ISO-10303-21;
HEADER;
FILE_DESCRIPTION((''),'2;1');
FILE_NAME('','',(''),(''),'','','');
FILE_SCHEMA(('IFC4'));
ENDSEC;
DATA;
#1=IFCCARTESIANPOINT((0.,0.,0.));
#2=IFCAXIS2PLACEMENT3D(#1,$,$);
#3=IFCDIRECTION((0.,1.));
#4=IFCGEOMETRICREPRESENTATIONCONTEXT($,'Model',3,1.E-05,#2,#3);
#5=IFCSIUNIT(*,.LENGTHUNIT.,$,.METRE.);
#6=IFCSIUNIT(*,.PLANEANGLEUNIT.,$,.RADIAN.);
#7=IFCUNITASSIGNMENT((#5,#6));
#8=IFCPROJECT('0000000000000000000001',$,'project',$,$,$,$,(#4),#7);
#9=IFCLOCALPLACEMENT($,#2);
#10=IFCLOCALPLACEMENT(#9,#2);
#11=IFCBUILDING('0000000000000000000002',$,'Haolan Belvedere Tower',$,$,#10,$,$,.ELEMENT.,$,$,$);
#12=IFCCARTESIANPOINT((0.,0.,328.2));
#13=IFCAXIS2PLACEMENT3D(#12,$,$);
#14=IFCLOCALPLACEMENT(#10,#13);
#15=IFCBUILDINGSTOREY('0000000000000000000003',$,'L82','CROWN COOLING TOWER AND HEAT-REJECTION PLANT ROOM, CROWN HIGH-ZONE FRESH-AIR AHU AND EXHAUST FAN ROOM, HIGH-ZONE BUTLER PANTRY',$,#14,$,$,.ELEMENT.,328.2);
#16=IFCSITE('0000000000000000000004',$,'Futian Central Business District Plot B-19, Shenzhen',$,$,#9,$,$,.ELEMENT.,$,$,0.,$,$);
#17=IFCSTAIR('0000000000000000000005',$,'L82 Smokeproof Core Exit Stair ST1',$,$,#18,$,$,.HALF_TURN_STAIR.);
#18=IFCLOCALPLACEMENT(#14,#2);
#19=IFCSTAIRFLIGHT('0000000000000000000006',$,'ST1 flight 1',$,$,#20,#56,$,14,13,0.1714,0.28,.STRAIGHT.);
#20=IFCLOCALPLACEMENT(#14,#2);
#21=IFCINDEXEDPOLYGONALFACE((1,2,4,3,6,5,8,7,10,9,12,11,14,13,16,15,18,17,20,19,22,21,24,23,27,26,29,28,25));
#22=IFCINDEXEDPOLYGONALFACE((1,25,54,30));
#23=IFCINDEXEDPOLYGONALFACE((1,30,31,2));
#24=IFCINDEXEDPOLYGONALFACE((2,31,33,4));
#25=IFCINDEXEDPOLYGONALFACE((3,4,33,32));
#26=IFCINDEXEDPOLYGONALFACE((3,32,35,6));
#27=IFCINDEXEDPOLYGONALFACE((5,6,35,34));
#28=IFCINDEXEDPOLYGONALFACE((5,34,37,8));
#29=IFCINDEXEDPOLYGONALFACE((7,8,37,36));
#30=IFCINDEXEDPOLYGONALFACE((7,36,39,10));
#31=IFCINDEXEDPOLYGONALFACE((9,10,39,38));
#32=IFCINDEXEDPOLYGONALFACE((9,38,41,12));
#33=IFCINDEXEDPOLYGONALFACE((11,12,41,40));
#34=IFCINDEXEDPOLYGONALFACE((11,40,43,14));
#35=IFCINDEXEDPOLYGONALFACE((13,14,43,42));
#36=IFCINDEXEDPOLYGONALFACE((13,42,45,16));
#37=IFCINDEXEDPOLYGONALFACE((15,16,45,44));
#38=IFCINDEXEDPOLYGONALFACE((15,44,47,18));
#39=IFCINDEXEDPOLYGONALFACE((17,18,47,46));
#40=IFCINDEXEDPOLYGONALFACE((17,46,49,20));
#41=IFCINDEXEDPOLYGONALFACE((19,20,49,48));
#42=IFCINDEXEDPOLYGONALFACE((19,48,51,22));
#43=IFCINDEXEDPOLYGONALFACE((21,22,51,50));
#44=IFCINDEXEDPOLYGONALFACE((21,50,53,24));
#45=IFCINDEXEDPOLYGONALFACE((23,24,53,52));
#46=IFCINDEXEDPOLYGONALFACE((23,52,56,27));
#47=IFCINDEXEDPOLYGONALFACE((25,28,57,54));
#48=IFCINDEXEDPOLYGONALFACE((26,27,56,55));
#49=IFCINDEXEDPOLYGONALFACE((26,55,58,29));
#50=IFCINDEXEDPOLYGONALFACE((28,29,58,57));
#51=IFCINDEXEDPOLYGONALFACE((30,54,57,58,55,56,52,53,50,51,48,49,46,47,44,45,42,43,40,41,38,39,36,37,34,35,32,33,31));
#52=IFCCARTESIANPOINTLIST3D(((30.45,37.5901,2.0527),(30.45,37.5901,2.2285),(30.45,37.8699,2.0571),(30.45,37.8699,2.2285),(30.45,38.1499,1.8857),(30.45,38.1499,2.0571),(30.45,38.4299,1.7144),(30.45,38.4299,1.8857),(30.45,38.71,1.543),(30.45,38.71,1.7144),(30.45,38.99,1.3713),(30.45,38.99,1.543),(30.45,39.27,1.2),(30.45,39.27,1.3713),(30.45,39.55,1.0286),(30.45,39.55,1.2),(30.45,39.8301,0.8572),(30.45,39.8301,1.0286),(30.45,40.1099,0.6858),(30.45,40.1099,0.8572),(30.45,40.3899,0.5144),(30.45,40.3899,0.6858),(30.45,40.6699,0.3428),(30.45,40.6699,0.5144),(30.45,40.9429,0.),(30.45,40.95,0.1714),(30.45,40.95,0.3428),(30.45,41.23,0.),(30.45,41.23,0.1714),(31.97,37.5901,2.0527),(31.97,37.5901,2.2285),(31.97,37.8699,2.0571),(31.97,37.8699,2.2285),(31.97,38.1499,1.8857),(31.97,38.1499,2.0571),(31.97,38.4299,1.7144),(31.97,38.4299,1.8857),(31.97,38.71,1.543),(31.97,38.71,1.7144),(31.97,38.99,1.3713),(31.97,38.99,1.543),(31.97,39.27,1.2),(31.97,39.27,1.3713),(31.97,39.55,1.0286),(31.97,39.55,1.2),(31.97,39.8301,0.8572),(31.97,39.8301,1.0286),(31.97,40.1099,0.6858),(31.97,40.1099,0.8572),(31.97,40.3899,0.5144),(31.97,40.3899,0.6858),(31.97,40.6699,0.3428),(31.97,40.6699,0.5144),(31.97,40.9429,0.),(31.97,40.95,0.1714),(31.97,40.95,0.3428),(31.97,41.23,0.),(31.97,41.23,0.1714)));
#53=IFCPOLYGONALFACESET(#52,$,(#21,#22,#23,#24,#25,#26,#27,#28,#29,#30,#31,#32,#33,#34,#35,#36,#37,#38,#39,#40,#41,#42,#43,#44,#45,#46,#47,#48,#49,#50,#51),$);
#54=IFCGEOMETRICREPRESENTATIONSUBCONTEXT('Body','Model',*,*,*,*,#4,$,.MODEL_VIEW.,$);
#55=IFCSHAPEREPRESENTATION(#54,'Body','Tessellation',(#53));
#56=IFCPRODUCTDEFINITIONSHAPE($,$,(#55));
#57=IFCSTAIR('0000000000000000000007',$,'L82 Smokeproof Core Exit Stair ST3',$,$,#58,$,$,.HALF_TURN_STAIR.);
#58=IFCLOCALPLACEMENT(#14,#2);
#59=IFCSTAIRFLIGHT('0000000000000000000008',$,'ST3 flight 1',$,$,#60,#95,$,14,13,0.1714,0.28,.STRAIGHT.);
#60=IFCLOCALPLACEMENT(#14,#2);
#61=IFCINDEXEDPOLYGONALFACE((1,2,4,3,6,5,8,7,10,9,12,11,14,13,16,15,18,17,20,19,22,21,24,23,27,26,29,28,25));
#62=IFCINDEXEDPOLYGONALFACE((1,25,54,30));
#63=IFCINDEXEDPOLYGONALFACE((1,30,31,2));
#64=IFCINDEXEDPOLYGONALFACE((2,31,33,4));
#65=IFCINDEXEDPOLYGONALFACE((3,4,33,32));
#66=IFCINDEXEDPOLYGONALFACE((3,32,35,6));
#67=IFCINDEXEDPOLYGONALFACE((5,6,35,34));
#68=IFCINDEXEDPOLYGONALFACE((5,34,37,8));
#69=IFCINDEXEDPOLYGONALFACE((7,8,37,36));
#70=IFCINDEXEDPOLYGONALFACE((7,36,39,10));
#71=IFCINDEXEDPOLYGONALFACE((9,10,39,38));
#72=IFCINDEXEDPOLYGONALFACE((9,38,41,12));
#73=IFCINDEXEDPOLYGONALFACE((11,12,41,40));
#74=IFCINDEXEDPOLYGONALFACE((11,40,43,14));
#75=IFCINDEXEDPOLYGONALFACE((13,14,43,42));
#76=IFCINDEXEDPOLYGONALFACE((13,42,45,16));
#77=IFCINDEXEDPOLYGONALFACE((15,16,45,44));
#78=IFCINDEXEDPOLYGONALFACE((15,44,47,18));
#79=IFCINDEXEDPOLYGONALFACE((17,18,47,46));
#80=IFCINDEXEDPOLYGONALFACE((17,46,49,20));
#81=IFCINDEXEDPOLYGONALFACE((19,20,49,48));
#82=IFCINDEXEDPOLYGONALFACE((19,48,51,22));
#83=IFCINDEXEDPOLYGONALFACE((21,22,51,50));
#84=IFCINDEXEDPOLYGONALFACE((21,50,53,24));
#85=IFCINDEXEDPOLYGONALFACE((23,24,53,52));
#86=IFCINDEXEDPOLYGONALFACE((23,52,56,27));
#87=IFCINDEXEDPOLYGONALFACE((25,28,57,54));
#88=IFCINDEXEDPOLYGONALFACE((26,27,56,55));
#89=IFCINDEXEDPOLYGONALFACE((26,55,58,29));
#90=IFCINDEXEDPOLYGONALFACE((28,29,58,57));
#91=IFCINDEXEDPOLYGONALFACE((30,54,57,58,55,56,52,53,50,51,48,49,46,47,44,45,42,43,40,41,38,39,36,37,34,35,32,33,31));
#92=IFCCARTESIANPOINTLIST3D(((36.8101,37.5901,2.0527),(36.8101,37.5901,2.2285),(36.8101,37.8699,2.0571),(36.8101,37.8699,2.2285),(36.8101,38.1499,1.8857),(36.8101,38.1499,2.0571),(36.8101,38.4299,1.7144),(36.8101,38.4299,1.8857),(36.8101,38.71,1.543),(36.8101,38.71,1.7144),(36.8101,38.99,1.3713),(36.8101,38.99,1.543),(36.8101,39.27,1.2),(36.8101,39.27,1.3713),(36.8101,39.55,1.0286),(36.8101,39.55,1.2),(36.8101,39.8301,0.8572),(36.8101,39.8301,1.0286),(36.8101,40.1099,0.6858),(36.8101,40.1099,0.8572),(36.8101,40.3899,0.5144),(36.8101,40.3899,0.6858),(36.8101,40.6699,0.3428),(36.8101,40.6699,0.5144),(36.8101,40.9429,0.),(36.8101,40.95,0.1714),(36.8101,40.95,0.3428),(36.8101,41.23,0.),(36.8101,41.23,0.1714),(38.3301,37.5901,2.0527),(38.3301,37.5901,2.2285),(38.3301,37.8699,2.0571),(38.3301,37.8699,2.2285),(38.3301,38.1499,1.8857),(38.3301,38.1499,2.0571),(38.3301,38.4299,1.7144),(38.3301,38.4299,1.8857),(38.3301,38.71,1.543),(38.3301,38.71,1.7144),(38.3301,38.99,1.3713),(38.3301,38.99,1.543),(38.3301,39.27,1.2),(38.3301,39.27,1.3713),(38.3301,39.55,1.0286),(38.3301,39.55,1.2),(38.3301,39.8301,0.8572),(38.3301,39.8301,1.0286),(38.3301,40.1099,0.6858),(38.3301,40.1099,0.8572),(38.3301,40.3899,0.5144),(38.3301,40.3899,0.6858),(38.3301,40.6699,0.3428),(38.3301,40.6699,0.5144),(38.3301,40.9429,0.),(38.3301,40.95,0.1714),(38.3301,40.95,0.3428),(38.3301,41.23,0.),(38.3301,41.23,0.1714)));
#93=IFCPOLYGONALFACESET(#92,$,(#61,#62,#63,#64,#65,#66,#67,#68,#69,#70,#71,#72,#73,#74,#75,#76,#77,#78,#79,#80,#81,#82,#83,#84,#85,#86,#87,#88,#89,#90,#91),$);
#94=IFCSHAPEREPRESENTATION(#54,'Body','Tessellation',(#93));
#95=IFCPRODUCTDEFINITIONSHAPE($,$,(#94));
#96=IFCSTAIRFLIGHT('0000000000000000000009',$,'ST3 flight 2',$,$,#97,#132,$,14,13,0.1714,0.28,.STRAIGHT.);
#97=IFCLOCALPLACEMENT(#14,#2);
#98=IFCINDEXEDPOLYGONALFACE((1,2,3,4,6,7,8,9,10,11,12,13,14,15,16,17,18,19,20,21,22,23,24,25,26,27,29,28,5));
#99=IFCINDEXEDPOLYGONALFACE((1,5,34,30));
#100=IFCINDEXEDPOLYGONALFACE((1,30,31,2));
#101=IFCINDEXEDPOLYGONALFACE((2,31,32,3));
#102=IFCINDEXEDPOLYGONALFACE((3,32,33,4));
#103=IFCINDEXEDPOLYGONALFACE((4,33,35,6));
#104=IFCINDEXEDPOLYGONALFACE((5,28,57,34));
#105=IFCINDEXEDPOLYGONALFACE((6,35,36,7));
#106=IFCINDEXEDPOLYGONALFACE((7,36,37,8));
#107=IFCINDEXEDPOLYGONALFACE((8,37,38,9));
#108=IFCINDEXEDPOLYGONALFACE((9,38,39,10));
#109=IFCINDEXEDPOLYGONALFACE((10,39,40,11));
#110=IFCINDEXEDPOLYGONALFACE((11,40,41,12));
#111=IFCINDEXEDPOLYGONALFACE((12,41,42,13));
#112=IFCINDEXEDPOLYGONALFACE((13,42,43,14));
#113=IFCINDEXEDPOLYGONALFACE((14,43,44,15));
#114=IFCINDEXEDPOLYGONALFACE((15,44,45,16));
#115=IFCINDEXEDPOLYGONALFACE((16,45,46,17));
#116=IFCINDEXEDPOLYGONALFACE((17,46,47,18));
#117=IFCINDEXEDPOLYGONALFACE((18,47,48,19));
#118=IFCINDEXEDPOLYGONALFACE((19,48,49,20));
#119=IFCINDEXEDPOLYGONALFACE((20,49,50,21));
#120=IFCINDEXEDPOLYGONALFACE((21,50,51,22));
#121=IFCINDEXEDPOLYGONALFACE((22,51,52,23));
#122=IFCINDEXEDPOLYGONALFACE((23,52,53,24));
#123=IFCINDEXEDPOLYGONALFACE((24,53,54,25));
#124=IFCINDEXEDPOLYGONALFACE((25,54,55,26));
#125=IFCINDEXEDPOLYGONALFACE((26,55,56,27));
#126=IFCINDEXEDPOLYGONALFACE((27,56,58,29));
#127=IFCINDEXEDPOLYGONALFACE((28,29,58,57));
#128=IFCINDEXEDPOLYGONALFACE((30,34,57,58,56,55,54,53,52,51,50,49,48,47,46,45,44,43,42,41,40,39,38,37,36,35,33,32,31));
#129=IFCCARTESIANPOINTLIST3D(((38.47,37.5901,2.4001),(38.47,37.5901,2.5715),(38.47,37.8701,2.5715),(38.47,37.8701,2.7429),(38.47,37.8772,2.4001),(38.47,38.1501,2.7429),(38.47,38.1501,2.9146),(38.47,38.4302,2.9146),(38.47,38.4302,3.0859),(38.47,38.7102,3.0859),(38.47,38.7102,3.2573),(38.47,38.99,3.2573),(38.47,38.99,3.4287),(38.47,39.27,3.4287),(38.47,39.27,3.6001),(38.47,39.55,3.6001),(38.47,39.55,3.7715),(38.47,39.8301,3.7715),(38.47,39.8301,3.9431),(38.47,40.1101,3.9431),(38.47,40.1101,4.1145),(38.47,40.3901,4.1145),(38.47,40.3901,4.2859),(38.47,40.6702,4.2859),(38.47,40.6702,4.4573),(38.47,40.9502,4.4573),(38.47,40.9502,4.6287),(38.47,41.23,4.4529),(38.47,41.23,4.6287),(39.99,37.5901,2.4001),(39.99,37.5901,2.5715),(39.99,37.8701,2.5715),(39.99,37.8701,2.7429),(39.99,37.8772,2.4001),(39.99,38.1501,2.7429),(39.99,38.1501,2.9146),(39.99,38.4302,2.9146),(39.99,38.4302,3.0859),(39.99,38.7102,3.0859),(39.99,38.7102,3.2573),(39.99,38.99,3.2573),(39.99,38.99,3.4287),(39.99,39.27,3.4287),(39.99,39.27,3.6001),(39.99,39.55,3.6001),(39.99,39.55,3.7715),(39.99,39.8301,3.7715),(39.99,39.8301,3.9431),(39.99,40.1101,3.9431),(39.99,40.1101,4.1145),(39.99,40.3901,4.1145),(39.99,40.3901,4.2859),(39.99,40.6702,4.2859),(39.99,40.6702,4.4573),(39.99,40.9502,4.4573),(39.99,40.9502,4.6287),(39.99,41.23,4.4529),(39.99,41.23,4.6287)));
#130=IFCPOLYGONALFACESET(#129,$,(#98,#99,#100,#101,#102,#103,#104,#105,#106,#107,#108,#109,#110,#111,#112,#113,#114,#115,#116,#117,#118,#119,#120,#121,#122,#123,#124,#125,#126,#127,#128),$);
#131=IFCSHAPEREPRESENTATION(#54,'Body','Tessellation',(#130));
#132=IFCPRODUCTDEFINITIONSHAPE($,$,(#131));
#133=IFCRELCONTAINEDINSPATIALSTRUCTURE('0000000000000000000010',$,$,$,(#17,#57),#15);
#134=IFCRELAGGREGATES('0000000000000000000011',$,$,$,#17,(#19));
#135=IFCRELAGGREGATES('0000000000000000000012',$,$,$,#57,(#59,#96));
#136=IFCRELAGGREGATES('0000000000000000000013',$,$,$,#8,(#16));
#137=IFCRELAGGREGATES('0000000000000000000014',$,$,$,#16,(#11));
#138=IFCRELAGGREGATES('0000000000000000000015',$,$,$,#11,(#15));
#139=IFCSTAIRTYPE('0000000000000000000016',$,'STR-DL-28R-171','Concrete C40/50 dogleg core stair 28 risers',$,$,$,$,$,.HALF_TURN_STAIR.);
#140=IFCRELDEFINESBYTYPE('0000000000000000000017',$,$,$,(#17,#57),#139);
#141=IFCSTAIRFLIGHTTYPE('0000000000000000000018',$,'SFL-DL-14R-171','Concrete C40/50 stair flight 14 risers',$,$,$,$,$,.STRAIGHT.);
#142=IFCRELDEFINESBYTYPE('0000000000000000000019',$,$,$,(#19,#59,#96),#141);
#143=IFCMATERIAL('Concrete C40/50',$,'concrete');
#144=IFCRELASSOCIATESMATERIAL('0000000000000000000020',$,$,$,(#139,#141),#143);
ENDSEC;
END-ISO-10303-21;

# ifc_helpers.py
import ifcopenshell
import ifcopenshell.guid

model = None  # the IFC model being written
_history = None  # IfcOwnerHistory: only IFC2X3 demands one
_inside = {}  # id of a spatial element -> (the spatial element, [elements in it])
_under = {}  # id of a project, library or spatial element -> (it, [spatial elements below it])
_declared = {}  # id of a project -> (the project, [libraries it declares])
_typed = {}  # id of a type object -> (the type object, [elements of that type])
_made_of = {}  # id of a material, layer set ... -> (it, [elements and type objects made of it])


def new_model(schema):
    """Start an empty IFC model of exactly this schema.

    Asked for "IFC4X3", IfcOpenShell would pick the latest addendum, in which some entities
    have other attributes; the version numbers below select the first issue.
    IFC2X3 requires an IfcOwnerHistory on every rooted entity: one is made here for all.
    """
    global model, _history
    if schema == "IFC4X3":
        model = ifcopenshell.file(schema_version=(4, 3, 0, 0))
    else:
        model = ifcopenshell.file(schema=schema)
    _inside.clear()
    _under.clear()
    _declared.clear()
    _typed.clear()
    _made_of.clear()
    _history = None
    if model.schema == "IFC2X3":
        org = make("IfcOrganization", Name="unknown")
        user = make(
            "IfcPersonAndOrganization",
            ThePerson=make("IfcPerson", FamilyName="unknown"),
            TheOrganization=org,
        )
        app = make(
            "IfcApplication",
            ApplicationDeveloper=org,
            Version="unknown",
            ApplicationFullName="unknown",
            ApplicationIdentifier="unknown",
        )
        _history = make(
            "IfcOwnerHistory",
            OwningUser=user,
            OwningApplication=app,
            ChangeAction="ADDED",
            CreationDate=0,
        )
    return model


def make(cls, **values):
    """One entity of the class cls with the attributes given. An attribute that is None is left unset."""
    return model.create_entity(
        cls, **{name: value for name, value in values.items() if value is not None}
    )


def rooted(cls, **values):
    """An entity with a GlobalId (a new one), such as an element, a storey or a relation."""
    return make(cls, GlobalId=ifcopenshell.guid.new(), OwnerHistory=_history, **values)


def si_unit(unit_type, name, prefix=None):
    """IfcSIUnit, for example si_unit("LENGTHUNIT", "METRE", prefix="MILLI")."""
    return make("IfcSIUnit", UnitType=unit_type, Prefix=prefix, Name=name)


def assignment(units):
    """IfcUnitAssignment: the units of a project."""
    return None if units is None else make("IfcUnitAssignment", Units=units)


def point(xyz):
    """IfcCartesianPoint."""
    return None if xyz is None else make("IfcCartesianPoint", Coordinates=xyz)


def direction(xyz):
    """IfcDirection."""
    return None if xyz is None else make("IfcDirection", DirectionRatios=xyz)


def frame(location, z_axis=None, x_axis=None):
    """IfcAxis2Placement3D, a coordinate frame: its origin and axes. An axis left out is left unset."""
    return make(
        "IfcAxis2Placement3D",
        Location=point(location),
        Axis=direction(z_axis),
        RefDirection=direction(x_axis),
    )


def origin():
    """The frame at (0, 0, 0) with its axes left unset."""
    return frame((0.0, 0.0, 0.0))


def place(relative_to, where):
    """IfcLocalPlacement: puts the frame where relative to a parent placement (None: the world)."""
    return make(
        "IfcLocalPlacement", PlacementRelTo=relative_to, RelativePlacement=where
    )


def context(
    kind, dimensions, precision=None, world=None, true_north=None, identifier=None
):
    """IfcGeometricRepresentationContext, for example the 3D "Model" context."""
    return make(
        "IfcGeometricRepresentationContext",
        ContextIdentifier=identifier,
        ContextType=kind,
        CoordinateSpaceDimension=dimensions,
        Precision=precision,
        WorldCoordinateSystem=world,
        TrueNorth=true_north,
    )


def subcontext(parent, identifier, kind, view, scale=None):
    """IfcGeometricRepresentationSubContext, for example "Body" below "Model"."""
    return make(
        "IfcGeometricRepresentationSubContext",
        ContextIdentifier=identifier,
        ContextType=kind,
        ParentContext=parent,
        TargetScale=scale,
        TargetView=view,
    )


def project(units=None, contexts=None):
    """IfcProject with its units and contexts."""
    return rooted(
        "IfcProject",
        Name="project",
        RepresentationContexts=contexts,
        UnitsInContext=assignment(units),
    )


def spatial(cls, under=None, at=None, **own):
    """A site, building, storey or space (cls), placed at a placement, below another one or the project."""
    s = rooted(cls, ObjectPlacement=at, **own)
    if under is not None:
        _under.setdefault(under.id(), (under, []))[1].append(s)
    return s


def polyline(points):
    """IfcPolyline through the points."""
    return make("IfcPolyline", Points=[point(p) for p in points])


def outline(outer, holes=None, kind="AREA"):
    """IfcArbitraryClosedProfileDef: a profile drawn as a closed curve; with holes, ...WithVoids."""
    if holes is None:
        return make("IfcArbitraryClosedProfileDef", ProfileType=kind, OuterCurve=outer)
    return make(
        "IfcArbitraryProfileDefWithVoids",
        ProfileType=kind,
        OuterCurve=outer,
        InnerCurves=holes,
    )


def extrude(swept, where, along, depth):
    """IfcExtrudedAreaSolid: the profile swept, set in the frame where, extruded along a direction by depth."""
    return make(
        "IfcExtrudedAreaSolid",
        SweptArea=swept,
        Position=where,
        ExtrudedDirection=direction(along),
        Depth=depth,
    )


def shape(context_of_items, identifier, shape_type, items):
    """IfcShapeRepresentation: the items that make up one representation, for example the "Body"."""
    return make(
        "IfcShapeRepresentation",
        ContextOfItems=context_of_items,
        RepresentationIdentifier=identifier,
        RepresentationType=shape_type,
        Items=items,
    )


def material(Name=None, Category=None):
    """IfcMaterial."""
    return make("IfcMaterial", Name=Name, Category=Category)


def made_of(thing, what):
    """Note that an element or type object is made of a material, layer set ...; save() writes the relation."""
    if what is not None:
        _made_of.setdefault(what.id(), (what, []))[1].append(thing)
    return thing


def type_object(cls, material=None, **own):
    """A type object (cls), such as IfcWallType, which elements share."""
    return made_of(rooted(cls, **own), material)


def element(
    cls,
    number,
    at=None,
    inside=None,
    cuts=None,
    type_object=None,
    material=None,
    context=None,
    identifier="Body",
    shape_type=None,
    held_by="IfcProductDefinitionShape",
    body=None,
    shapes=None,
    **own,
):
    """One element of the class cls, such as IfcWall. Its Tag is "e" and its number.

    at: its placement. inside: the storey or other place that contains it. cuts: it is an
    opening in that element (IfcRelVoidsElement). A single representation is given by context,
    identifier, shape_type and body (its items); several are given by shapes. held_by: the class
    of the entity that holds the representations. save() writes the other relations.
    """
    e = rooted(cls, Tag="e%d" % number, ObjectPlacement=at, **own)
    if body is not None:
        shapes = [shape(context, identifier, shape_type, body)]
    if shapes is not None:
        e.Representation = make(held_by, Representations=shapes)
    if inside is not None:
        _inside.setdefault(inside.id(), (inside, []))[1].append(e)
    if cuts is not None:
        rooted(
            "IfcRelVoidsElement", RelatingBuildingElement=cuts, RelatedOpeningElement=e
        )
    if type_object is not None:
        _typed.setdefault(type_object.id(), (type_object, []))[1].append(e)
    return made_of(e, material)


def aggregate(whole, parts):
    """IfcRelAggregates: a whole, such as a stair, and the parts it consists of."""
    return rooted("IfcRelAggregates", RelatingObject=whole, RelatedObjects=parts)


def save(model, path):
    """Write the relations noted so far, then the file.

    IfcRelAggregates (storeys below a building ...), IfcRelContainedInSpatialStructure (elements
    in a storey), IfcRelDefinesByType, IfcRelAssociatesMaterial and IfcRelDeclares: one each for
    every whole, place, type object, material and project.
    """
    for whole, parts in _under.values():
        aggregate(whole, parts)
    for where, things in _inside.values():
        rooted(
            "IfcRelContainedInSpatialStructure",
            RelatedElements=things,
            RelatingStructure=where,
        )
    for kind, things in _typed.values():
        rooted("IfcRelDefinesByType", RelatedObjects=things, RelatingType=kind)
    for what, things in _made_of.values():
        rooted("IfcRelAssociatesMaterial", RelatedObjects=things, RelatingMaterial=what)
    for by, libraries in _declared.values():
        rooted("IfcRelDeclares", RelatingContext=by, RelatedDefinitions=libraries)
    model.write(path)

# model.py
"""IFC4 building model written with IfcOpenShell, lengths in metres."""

from ifc_helpers import new_model, si_unit, direction, frame, origin, place, context, subcontext, project, spatial, polyline, outline, extrude, material, type_object, element, aggregate, save


model = new_model("IFC4")

# Units and contexts
model_context = context("Model", 3, precision=1e-05, world=origin(), true_north=direction((0.0, 1.0)))
body_context = subcontext(model_context, "Body", "Model", "MODEL_VIEW")
ifc_project = project(units=[si_unit("LENGTHUNIT", "METRE"), si_unit("PLANEANGLEUNIT", "RADIAN")], contexts=[model_context])

# Site, building, storey
site_placement = place(None, origin())
site = spatial("IfcSite", under=ifc_project, at=site_placement, Name="Futian Central Business District Plot B-19, Shenzhen", CompositionType="ELEMENT", RefElevation=0.0)
building_placement = place(site_placement, origin())
building = spatial("IfcBuilding", under=site, at=building_placement, Name="Haolan Belvedere Tower", CompositionType="ELEMENT")
storey_placement = place(building_placement, frame((0.0, 0.0, 328.2)))
storey = spatial("IfcBuildingStorey", under=building, at=storey_placement, Name="L82", Description="CROWN COOLING TOWER AND HEAT-REJECTION PLANT ROOM, CROWN HIGH-ZONE FRESH-AIR AHU AND EXHAUST FAN ROOM, HIGH-ZONE BUTLER PANTRY", CompositionType="ELEMENT", Elevation=328.2)

# Shared definitions
ifc_material_1 = material(Name="Concrete C40/50", Category="concrete")

# Stair, stair flight
stair_type = type_object("IfcStairType", Name="STR-DL-28R-171", Description="Concrete C40/50 dogleg core stair 28 risers", PredefinedType="HALF_TURN_STAIR", material=ifc_material_1)
stair_1_placement = place(storey_placement, origin())
stair_1 = element("IfcStair", 1, at=stair_1_placement, inside=storey, type_object=stair_type, Name="L82 Smokeproof Core Exit Stair ST1", PredefinedType="HALF_TURN_STAIR")
stair_flight_type = type_object("IfcStairFlightType", Name="SFL-DL-14R-171", Description="Concrete C40/50 stair flight 14 risers", PredefinedType="STRAIGHT", material=ifc_material_1)
stair_flight_1_placement = place(storey_placement, frame((31.21, 41.23, 0.0), z_axis=(0.0, 0.0, 1.0), x_axis=(0.0, -1.0, 0.0)))
stair_flight_1 = element("IfcStairFlight", 2, at=stair_flight_1_placement, type_object=stair_flight_type, Name="ST1 flight 1", NumberOfRisers=14, NumberOfTreads=13, PredefinedType="STRAIGHT", RiserHeight=0.1714, TreadLength=0.28, context=body_context, shape_type="SweptSolid", body=[
    extrude(outline(polyline([(0.0, 0.0), (0.0, 0.1714), (0.28, 0.1714), (0.28, 0.3428), (0.5601, 0.3428), (0.5601, 0.5144), (0.8401, 0.5144), (0.8401, 0.6858), (1.1201, 0.6858), (1.1201, 0.8572), (1.3999, 0.8572), (1.3999, 1.0286), (1.6799, 1.0286), (1.6799, 1.2), (1.96, 1.2), (1.96, 1.3713), (2.24, 1.3713), (2.24, 1.543), (2.52, 1.543), (2.52, 1.7144), (2.8, 1.7144), (2.8, 1.8857), (3.0801, 1.8857), (3.0801, 2.0571), (3.3601, 2.0571), (3.3601, 2.2285), (3.6399, 2.2285), (3.6399, 2.3999), (3.6399, 2.0527), (0.2871, 0.0), (0.0, 0.0)])), frame((0.0, 0.76, 0.0), z_axis=(0.0, -1.0, 0.0), x_axis=(1.0, 0.0, 0.0)), (0.0, 0.0, 1.0), 1.52),
])
aggregate(stair_1, [stair_flight_1])

# Stair, stair flights
stair_2_placement = place(storey_placement, origin())
stair_2 = element("IfcStair", 3, at=stair_2_placement, inside=storey, type_object=stair_type, Name="L82 Smokeproof Core Exit Stair ST3", PredefinedType="HALF_TURN_STAIR")
stair_flight_2_placement = place(storey_placement, frame((37.5701, 41.23, 0.0), z_axis=(0.0, 0.0, 1.0), x_axis=(0.0, -1.0, 0.0)))
stair_flight_2 = element("IfcStairFlight", 4, at=stair_flight_2_placement, type_object=stair_flight_type, Name="ST3 flight 1", NumberOfRisers=14, NumberOfTreads=13, PredefinedType="STRAIGHT", RiserHeight=0.1714, TreadLength=0.28, context=body_context, shape_type="SweptSolid", body=[
    extrude(outline(polyline([(0.0, 0.0), (0.0, 0.1714), (0.28, 0.1714), (0.28, 0.3428), (0.5601, 0.3428), (0.5601, 0.5144), (0.8401, 0.5144), (0.8401, 0.6858), (1.1201, 0.6858), (1.1201, 0.8572), (1.3999, 0.8572), (1.3999, 1.0286), (1.6799, 1.0286), (1.6799, 1.2), (1.96, 1.2), (1.96, 1.3713), (2.24, 1.3713), (2.24, 1.543), (2.52, 1.543), (2.52, 1.7144), (2.8, 1.7144), (2.8, 1.8857), (3.0801, 1.8857), (3.0801, 2.0571), (3.3601, 2.0571), (3.3601, 2.2285), (3.6399, 2.2285), (3.6399, 2.3999), (3.6399, 2.0527), (0.2871, 0.0), (0.0, 0.0)])), frame((0.0, 0.76, 0.0), z_axis=(0.0, -1.0, 0.0), x_axis=(1.0, 0.0, 0.0)), (0.0, 0.0, 1.0), 1.52),
])
stair_flight_3_placement = place(storey_placement, frame((39.23, 37.5901, 2.4001), z_axis=(0.0, 0.0, 1.0), x_axis=(0.0, 1.0, 0.0)))
stair_flight_3 = element("IfcStairFlight", 5, at=stair_flight_3_placement, type_object=stair_flight_type, Name="ST3 flight 2", NumberOfRisers=14, NumberOfTreads=13, PredefinedType="STRAIGHT", RiserHeight=0.1714, TreadLength=0.28, context=body_context, shape_type="SweptSolid", body=[
    extrude(outline(polyline([(0.0, 0.0), (0.0, 0.1714), (0.28, 0.1714), (0.28, 0.3428), (0.5601, 0.3428), (0.5601, 0.5144), (0.8401, 0.5144), (0.8401, 0.6858), (1.1201, 0.6858), (1.1201, 0.8572), (1.3999, 0.8572), (1.3999, 1.0286), (1.6799, 1.0286), (1.6799, 1.2), (1.96, 1.2), (1.96, 1.3713), (2.24, 1.3713), (2.24, 1.543), (2.52, 1.543), (2.52, 1.7144), (2.8, 1.7144), (2.8, 1.8857), (3.0801, 1.8857), (3.0801, 2.0571), (3.3601, 2.0571), (3.3601, 2.2285), (3.6399, 2.2285), (3.6399, 2.3999), (3.6399, 2.0527), (0.2871, 0.0), (0.0, 0.0)])), frame((0.0, 0.76, 0.0), z_axis=(0.0, -1.0, 0.0), x_axis=(1.0, 0.0, 0.0)), (0.0, 0.0, 1.0), 1.52),
])
aggregate(stair_2, [stair_flight_2, stair_flight_3])

save(model, "model.ifc")
